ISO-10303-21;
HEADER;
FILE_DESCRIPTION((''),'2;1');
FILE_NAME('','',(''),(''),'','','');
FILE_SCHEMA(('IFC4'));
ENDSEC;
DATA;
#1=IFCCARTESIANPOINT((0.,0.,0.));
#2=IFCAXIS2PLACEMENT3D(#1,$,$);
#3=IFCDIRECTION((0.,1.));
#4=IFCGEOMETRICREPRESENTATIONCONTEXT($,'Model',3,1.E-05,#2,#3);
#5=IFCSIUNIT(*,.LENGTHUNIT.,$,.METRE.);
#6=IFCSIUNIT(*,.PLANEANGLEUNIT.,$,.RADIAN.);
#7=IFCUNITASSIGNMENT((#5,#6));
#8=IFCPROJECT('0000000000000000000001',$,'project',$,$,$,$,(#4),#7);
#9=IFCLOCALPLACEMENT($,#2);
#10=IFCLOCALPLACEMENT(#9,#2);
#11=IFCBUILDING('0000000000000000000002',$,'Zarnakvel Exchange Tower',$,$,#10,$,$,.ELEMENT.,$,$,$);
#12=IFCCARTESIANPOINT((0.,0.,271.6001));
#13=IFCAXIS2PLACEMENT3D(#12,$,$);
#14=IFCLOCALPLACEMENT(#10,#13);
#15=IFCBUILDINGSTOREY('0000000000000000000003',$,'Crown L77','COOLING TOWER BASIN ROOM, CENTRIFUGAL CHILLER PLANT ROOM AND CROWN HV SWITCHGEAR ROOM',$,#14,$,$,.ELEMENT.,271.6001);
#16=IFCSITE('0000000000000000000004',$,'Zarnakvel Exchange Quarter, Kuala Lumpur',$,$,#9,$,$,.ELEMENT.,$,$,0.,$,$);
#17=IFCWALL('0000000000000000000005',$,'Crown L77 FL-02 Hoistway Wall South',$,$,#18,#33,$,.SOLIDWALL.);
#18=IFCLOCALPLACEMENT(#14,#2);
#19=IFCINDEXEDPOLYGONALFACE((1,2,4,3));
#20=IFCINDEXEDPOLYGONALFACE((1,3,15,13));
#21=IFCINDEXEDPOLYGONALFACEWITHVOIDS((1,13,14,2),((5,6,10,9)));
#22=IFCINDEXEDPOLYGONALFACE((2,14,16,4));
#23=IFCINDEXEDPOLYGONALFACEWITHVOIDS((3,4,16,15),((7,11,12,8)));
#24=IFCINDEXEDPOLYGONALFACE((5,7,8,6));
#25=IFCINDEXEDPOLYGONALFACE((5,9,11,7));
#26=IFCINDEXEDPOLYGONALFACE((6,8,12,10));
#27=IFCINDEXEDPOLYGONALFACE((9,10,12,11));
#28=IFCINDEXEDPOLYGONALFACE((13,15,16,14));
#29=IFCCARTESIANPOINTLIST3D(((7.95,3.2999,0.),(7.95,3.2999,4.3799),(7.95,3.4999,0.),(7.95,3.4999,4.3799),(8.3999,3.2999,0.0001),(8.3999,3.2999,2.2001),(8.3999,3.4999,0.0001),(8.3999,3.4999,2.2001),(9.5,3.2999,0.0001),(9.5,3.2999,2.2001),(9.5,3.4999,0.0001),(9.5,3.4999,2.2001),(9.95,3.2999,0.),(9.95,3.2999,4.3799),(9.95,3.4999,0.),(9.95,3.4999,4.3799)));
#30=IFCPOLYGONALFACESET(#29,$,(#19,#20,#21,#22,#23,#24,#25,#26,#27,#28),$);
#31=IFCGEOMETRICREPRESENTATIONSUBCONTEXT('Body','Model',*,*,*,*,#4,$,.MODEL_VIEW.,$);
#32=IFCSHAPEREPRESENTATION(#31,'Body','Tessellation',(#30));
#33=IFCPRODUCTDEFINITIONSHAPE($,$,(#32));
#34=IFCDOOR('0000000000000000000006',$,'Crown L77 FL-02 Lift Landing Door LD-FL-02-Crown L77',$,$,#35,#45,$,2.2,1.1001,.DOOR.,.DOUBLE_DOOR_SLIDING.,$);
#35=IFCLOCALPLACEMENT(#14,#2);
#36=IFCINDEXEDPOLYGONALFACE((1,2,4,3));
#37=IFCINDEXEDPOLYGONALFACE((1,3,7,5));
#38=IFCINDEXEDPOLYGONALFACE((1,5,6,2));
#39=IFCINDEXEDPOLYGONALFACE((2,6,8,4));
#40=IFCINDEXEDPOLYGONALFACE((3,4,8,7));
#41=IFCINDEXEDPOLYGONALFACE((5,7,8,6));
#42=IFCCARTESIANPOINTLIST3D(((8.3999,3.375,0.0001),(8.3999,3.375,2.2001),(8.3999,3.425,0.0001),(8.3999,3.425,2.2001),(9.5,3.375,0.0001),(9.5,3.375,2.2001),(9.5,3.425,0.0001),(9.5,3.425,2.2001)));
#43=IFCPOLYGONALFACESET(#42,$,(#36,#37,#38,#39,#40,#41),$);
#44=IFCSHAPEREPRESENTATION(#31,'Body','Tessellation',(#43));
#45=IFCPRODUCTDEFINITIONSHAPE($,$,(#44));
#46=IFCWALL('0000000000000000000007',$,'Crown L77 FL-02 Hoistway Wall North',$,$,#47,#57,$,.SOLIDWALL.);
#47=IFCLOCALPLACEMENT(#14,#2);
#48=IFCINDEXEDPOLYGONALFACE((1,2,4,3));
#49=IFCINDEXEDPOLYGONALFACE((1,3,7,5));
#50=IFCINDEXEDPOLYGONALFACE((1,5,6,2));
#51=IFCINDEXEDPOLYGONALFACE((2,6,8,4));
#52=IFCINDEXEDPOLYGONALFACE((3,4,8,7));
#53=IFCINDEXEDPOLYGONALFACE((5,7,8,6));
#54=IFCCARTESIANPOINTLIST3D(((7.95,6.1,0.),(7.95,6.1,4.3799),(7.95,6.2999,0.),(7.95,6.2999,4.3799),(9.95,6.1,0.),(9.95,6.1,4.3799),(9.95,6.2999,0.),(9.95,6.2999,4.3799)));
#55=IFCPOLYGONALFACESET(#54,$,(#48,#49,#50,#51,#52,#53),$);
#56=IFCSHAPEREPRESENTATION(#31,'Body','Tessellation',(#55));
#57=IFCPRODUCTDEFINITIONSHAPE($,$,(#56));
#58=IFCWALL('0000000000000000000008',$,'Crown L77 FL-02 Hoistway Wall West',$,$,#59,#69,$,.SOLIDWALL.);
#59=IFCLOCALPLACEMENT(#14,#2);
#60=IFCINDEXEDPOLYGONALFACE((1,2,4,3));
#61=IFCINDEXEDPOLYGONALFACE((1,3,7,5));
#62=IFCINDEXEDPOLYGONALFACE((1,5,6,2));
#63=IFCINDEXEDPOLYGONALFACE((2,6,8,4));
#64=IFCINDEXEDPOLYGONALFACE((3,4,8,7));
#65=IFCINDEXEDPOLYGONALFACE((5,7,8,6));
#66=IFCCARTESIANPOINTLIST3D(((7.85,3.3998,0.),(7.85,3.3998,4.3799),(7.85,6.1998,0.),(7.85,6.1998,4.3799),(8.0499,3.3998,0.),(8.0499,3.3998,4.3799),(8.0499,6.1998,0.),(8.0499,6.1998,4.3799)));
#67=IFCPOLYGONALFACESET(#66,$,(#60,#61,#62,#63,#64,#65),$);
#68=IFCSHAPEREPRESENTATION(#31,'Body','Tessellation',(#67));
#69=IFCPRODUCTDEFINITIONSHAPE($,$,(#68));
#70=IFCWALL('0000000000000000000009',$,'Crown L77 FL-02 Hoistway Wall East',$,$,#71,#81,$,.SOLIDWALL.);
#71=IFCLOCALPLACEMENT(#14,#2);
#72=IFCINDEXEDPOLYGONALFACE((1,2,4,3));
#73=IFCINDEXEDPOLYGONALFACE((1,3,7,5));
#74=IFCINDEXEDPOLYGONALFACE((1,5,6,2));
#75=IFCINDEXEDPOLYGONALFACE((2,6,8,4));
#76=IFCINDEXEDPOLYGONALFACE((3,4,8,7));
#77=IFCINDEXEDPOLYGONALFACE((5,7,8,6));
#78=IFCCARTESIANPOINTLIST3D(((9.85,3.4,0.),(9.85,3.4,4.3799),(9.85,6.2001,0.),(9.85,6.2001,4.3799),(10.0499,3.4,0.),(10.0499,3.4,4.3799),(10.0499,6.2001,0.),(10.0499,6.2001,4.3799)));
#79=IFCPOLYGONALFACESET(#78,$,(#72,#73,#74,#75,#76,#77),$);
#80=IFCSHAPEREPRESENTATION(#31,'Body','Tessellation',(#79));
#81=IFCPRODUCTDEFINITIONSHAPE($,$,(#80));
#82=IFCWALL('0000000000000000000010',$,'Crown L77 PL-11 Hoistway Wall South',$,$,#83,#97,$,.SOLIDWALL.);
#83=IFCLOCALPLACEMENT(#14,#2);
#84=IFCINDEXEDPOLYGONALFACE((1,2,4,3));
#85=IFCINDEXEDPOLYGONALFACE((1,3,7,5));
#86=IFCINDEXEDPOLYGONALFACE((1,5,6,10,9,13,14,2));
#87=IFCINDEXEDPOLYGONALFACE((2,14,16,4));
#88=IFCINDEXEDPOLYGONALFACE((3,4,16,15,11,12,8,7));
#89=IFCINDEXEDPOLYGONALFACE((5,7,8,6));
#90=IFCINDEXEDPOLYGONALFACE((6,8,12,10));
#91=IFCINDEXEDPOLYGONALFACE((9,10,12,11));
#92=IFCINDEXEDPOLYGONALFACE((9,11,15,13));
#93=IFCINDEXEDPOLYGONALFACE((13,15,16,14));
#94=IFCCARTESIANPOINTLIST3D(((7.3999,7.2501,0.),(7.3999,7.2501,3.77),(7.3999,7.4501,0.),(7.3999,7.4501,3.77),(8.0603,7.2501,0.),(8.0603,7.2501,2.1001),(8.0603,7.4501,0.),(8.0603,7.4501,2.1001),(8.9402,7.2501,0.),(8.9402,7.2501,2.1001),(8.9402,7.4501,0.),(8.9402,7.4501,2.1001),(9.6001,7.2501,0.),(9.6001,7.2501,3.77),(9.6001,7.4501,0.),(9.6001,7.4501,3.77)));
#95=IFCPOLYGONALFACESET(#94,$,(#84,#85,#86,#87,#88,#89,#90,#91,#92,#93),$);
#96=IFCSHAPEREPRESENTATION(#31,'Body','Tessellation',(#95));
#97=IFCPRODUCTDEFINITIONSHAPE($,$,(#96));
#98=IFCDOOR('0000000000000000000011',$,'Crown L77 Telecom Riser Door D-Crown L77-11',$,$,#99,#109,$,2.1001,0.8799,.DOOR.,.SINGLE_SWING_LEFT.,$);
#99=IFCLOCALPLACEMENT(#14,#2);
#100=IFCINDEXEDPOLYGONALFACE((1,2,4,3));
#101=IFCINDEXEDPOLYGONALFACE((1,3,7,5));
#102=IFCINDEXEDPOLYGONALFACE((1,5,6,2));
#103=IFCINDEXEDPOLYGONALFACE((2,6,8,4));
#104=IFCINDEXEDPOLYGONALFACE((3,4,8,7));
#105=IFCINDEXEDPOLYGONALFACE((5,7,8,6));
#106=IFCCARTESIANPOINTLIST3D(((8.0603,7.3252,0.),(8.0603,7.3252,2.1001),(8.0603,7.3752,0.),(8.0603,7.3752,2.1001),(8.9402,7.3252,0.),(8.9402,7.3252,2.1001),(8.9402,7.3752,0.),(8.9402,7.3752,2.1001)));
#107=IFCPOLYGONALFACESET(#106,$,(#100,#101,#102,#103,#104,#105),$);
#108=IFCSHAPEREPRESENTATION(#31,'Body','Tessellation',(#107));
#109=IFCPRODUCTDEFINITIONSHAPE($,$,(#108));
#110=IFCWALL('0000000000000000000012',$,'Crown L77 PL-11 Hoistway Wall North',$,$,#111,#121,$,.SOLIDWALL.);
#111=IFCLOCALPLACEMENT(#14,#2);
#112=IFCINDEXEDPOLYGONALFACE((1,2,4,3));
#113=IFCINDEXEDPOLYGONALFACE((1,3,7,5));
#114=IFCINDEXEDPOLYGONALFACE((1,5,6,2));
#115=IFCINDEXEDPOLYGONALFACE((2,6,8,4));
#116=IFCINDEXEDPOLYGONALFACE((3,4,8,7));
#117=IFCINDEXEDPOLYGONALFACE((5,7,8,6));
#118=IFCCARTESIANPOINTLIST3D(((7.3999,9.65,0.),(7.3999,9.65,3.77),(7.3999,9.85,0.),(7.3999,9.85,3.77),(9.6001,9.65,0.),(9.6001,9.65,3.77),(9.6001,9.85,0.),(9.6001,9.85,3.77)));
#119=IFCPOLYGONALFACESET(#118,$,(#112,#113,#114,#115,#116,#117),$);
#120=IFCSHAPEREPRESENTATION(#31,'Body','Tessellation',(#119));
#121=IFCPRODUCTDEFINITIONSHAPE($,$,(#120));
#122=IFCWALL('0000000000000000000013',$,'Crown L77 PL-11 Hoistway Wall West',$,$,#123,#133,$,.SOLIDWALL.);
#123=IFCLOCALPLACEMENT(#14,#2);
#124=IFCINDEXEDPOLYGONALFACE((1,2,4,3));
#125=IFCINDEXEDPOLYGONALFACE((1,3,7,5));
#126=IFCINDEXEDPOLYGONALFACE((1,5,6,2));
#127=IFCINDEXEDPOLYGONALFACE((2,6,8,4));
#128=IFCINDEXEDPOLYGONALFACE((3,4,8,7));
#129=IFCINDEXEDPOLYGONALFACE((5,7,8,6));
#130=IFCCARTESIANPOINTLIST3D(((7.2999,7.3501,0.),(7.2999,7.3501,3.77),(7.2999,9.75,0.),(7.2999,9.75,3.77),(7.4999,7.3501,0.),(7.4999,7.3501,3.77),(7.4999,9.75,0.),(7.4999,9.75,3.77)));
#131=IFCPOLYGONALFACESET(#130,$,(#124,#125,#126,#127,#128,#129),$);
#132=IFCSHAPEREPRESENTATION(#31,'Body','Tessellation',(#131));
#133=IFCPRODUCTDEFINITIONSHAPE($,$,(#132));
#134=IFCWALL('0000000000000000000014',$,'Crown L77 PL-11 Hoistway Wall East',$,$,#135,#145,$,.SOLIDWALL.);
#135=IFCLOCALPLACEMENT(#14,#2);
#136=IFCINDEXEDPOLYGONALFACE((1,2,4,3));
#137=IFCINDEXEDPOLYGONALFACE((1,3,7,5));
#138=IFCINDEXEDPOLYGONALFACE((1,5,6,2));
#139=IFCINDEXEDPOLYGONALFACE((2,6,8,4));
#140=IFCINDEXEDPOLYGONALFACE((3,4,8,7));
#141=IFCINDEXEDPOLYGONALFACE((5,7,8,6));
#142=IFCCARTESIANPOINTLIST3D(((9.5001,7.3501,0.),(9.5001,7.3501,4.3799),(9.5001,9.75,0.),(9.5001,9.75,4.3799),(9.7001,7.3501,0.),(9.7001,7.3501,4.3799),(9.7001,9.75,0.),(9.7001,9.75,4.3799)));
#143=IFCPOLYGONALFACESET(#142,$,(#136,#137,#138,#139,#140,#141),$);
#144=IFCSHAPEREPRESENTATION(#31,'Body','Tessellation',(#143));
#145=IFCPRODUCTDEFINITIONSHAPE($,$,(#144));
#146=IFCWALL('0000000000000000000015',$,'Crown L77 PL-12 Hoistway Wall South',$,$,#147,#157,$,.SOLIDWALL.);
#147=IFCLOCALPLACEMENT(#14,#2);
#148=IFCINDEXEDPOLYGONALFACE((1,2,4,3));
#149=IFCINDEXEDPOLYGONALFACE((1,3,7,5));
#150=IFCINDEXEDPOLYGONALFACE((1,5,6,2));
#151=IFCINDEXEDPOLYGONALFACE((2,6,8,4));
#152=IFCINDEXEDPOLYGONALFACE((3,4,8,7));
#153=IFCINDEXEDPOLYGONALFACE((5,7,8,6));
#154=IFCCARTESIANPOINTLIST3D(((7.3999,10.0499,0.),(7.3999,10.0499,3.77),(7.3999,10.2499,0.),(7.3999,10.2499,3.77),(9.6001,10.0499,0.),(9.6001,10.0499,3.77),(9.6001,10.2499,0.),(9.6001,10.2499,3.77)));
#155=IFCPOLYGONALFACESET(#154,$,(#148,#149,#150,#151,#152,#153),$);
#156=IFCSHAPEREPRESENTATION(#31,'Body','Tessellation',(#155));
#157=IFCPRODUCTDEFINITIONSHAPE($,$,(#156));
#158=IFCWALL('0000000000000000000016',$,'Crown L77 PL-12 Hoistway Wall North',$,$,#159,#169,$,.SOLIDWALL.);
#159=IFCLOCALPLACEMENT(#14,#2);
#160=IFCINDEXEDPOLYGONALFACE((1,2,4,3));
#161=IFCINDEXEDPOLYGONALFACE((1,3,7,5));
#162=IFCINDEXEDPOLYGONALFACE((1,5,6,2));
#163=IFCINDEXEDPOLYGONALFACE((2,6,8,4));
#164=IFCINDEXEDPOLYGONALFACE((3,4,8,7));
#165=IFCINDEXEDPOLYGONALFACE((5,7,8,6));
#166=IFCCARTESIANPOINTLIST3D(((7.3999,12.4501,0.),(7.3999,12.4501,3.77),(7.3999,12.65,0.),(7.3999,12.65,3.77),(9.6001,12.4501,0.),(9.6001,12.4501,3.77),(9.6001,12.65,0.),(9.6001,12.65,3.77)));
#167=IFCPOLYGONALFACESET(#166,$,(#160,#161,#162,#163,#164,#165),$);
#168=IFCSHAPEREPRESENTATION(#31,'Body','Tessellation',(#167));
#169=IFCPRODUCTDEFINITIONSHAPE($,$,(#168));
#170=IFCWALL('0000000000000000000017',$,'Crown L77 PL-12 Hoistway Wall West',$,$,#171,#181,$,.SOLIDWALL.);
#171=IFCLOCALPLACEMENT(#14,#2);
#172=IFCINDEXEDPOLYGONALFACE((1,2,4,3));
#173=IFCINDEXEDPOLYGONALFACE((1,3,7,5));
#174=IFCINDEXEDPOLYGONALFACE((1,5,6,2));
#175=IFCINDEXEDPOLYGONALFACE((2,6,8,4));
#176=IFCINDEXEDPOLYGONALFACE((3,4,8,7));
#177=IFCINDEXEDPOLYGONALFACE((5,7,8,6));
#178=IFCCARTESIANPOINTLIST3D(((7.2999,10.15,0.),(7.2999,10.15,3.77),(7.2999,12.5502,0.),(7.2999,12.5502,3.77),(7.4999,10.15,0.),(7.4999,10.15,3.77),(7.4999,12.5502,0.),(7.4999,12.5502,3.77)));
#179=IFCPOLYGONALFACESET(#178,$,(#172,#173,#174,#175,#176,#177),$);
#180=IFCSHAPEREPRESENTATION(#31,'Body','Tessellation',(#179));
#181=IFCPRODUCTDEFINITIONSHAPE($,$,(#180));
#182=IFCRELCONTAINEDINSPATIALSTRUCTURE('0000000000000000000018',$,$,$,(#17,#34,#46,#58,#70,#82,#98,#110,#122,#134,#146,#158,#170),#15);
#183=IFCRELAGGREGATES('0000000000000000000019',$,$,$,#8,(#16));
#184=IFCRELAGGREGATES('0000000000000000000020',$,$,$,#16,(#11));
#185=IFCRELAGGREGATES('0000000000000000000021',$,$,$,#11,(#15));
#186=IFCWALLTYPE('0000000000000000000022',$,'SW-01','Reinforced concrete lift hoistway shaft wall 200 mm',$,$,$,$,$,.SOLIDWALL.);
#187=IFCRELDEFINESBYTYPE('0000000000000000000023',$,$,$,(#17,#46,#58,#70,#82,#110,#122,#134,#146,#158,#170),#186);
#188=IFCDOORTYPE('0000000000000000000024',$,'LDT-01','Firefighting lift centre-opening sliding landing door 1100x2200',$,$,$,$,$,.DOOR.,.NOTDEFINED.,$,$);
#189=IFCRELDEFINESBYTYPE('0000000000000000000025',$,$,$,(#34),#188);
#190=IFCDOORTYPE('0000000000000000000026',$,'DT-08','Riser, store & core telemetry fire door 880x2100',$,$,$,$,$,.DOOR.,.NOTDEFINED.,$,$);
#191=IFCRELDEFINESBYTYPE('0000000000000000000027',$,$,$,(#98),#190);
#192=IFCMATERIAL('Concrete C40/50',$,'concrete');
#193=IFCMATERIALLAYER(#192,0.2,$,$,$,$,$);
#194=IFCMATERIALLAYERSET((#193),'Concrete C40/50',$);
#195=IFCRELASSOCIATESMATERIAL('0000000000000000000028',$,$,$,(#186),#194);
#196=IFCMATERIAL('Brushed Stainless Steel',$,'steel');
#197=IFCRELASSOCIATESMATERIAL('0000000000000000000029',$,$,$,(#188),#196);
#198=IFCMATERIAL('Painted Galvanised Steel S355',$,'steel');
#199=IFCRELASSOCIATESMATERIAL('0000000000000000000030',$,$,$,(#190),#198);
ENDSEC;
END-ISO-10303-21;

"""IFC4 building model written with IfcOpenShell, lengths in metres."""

from ifc_helpers import new_model, si_unit, direction, frame, frame_2d, origin, place, context, subcontext, project, spatial, rectangle, extrude, source, transform, mapped, material, layer, layer_set, type_object, element, fill, save


model = new_model("IFC4")

# Units and contexts
model_context = context("Model", 3, precision=1e-05, world=origin(), true_north=direction((0.0, 1.0)))
body_context = subcontext(model_context, "Body", "Model", "MODEL_VIEW")
ifc_project = project(units=[si_unit("LENGTHUNIT", "METRE"), si_unit("PLANEANGLEUNIT", "RADIAN")], contexts=[model_context])

# Site, building, storey
site_placement = place(None, origin())
site = spatial("IfcSite", under=ifc_project, at=site_placement, Name="Zarnakvel Exchange Quarter, Kuala Lumpur", CompositionType="ELEMENT", RefElevation=0.0)
building_placement = place(site_placement, origin())
building = spatial("IfcBuilding", under=site, at=building_placement, Name="Zarnakvel Exchange Tower", CompositionType="ELEMENT")
storey_placement = place(building_placement, frame((0.0, 0.0, 271.6001)))
storey = spatial("IfcBuildingStorey", under=building, at=storey_placement, Name="Crown L77", Description="COOLING TOWER BASIN ROOM, CENTRIFUGAL CHILLER PLANT ROOM AND CROWN HV SWITCHGEAR ROOM", CompositionType="ELEMENT", Elevation=271.6001)

# Shared definitions
ifc_material_1 = material(Name="Painted Galvanised Steel S355", Category="steel")

# Wall, opening, door
ifc_material_2 = material(Name="Concrete C40/50", Category="concrete")
ifc_layer_1 = layer(ifc_material_2, 0.2)
ifc_layer_set_1 = layer_set([ifc_layer_1], Name="Concrete C40/50")
wall_type_1 = type_object("IfcWallType", Name="SW-01", Description="Reinforced concrete lift hoistway shaft wall 200 mm", PredefinedType="SOLIDWALL", material=ifc_layer_set_1)
wall_1_placement = place(storey_placement, frame((9.95, 3.3999, 0.0), z_axis=(0.0, 0.0, 1.0), x_axis=(-1.0, 0.0, 0.0)))
wall_1 = element("IfcWall", 1, at=wall_1_placement, inside=storey, type_object=wall_type_1, Name="Crown L77 FL-02 Hoistway Wall South", PredefinedType="SOLIDWALL", context=body_context, shape_type="SweptSolid", body=[
    extrude(rectangle(XDim=2.0, YDim=0.2, at=frame_2d((1.0, 0.0))), origin(), (0.0, 0.0, 1.0), 4.3799),
])
opening_1_placement = place(wall_1_placement, frame((0.45, 0.0, 0.0)))
opening_1 = element("IfcOpeningElement", 2, at=opening_1_placement, cuts=wall_1, PredefinedType="OPENING", context=body_context, shape_type="SweptSolid", body=[
    extrude(rectangle(XDim=1.1001, YDim=2.2, at=frame_2d((0.55, 1.1001))), frame((0.0, 0.1099, 0.0), z_axis=(0.0, -1.0, 0.0), x_axis=(1.0, 0.0, 0.0)), (0.0, 0.0, 1.0), 0.22),
])
ifc_material_3 = material(Name="Brushed Stainless Steel", Category="steel")
door_type_1 = type_object("IfcDoorType", Name="LDT-01", Description="Firefighting lift centre-opening sliding landing door 1100x2200", OperationType="NOTDEFINED", PredefinedType="DOOR", material=ifc_material_3)
shared_shape_1 = source(origin(), body_context, "Body", "SweptSolid", [
    extrude(rectangle(XDim=1.1001, YDim=2.2, at=frame_2d((0.55, 1.1001))), frame((0.0, 0.0249, 0.0), z_axis=(0.0, -1.0, 0.0), x_axis=(1.0, 0.0, 0.0)), (0.0, 0.0, 1.0), 0.05),
])
door_1_placement = place(opening_1_placement, origin())
door_1 = element("IfcDoor", 3, at=door_1_placement, inside=storey, type_object=door_type_1, Name="Crown L77 FL-02 Lift Landing Door LD-FL-02-Crown L77", OperationType="DOUBLE_DOOR_SLIDING", OverallHeight=2.2, OverallWidth=1.1001, PredefinedType="DOOR", context=body_context, shape_type="MappedRepresentation", body=[
    mapped(shared_shape_1, transform((0.0, 0.0, 0.0), x_axis=(1.0, 0.0, 0.0), y_axis=(0.0, 1.0, 0.0), z_axis=(0.0, 0.0, 1.0), scale=1.0)),
])
fill(opening_1, door_1)

# Walls
wall_2_placement = place(storey_placement, frame((7.95, 6.2, 0.0), z_axis=(0.0, 0.0, 1.0), x_axis=(1.0, 0.0, 0.0)))
element("IfcWall", 4, at=wall_2_placement, inside=storey, type_object=wall_type_1, Name="Crown L77 FL-02 Hoistway Wall North", PredefinedType="SOLIDWALL", context=body_context, shape_type="SweptSolid", body=[
    extrude(rectangle(XDim=2.0, YDim=0.2, at=frame_2d((1.0, 0.0))), origin(), (0.0, 0.0, 1.0), 4.3799),
])
for number, where, z_axis, x_axis, name in (
    (5, (7.95, 3.3999, 0.0), (0.0, 0.0, 1.0), (0.0, 1.0, 0.0), "Crown L77 FL-02 Hoistway Wall West"),
    (6, (9.95, 6.2, 0.0), (0.0, 0.0, 1.0), (0.0, -1.0, 0.0), "Crown L77 FL-02 Hoistway Wall East"),
):
    element("IfcWall", number, at=place(storey_placement, frame(where, z_axis=z_axis, x_axis=x_axis)), inside=storey, type_object=wall_type_1, Name=name, PredefinedType="SOLIDWALL", context=body_context, shape_type="SweptSolid", body=[
        extrude(rectangle(XDim=2.8, YDim=0.2, at=frame_2d((1.3999, 0.0))), origin(), (0.0, 0.0, 1.0), 4.3799),
    ])

# Wall, opening, door
wall_3_placement = place(storey_placement, frame((9.6001, 7.3501, 0.0), z_axis=(0.0, 0.0, 1.0), x_axis=(-1.0, 0.0, 0.0)))
wall_3 = element("IfcWall", 7, at=wall_3_placement, inside=storey, type_object=wall_type_1, Name="Crown L77 PL-11 Hoistway Wall South", PredefinedType="SOLIDWALL", context=body_context, shape_type="SweptSolid", body=[
    extrude(rectangle(XDim=2.2002, YDim=0.2, at=frame_2d((1.1001, 0.0))), origin(), (0.0, 0.0, 1.0), 3.77),
])
opening_2_placement = place(wall_3_placement, frame((0.6599, 0.0, 0.0)))
opening_2 = element("IfcOpeningElement", 8, at=opening_2_placement, cuts=wall_3, PredefinedType="OPENING", context=body_context, shape_type="SweptSolid", body=[
    extrude(rectangle(XDim=0.8799, YDim=2.1001, at=frame_2d((0.4399, 1.05))), frame((0.0, 0.1099, 0.0), z_axis=(0.0, -1.0, 0.0), x_axis=(1.0, 0.0, 0.0)), (0.0, 0.0, 1.0), 0.22),
])
door_type_2 = type_object("IfcDoorType", Name="DT-08", Description="Riser, store & core telemetry fire door 880x2100", OperationType="NOTDEFINED", PredefinedType="DOOR", material=ifc_material_1)
shared_shape_2 = source(origin(), body_context, "Body", "SweptSolid", [
    extrude(rectangle(XDim=0.8799, YDim=2.1001, at=frame_2d((0.4399, 1.05))), frame((0.0, 0.0249, 0.0), z_axis=(0.0, -1.0, 0.0), x_axis=(1.0, 0.0, 0.0)), (0.0, 0.0, 1.0), 0.05),
])
door_2_placement = place(opening_2_placement, origin())
door_2 = element("IfcDoor", 9, at=door_2_placement, inside=storey, type_object=door_type_2, Name="Crown L77 Telecom Riser Door D-Crown L77-11", OperationType="SINGLE_SWING_LEFT", OverallHeight=2.1001, OverallWidth=0.8799, PredefinedType="DOOR", context=body_context, shape_type="MappedRepresentation", body=[
    mapped(shared_shape_2, transform((0.0, 0.0, 0.0), x_axis=(1.0, 0.0, 0.0), y_axis=(0.0, 1.0, 0.0), z_axis=(0.0, 0.0, 1.0), scale=1.0)),
])
fill(opening_2, door_2)

# Walls
wall_4_placement = place(storey_placement, frame((7.3999, 9.75, 0.0), z_axis=(0.0, 0.0, 1.0), x_axis=(1.0, 0.0, 0.0)))
element("IfcWall", 10, at=wall_4_placement, inside=storey, type_object=wall_type_1, Name="Crown L77 PL-11 Hoistway Wall North", PredefinedType="SOLIDWALL", context=body_context, shape_type="SweptSolid", body=[
    extrude(rectangle(XDim=2.2002, YDim=0.2, at=frame_2d((1.1001, 0.0))), origin(), (0.0, 0.0, 1.0), 3.77),
])
wall_5_placement = place(storey_placement, frame((7.3999, 7.3501, 0.0), z_axis=(0.0, 0.0, 1.0), x_axis=(0.0, 1.0, 0.0)))
element("IfcWall", 11, at=wall_5_placement, inside=storey, type_object=wall_type_1, Name="Crown L77 PL-11 Hoistway Wall West", PredefinedType="SOLIDWALL", context=body_context, shape_type="SweptSolid", body=[
    extrude(rectangle(XDim=2.3999, YDim=0.2, at=frame_2d((1.2, 0.0))), origin(), (0.0, 0.0, 1.0), 3.77),
])
wall_6_placement = place(storey_placement, frame((9.6001, 9.75, 0.0), z_axis=(0.0, 0.0, 1.0), x_axis=(0.0, -1.0, 0.0)))
element("IfcWall", 12, at=wall_6_placement, inside=storey, type_object=wall_type_1, Name="Crown L77 PL-11 Hoistway Wall East", PredefinedType="SOLIDWALL", context=body_context, shape_type="SweptSolid", body=[
    extrude(rectangle(XDim=2.3999, YDim=0.2, at=frame_2d((1.2, 0.0))), origin(), (0.0, 0.0, 1.0), 4.3799),
])
for number, where, z_axis, x_axis, name in (
    (13, (9.6001, 10.1499, 0.0), (0.0, 0.0, 1.0), (-1.0, 0.0, 0.0), "Crown L77 PL-12 Hoistway Wall South"),
    (14, (7.3999, 12.55, 0.0), (0.0, 0.0, 1.0), (1.0, 0.0, 0.0), "Crown L77 PL-12 Hoistway Wall North"),
):
    element("IfcWall", number, at=place(storey_placement, frame(where, z_axis=z_axis, x_axis=x_axis)), inside=storey, type_object=wall_type_1, Name=name, PredefinedType="SOLIDWALL", context=body_context, shape_type="SweptSolid", body=[
        extrude(rectangle(XDim=2.2002, YDim=0.2, at=frame_2d((1.1001, 0.0))), origin(), (0.0, 0.0, 1.0), 3.77),
    ])
wall_7_placement = place(storey_placement, frame((7.3999, 10.1499, 0.0), z_axis=(0.0, 0.0, 1.0), x_axis=(0.0, 1.0, 0.0)))
element("IfcWall", 15, at=wall_7_placement, inside=storey, type_object=wall_type_1, Name="Crown L77 PL-12 Hoistway Wall West", PredefinedType="SOLIDWALL", context=body_context, shape_type="SweptSolid", body=[
    extrude(rectangle(XDim=2.4001, YDim=0.2, at=frame_2d((1.2002, 0.0))), origin(), (0.0, 0.0, 1.0), 3.77),
])

save(model, "model.ifc")
